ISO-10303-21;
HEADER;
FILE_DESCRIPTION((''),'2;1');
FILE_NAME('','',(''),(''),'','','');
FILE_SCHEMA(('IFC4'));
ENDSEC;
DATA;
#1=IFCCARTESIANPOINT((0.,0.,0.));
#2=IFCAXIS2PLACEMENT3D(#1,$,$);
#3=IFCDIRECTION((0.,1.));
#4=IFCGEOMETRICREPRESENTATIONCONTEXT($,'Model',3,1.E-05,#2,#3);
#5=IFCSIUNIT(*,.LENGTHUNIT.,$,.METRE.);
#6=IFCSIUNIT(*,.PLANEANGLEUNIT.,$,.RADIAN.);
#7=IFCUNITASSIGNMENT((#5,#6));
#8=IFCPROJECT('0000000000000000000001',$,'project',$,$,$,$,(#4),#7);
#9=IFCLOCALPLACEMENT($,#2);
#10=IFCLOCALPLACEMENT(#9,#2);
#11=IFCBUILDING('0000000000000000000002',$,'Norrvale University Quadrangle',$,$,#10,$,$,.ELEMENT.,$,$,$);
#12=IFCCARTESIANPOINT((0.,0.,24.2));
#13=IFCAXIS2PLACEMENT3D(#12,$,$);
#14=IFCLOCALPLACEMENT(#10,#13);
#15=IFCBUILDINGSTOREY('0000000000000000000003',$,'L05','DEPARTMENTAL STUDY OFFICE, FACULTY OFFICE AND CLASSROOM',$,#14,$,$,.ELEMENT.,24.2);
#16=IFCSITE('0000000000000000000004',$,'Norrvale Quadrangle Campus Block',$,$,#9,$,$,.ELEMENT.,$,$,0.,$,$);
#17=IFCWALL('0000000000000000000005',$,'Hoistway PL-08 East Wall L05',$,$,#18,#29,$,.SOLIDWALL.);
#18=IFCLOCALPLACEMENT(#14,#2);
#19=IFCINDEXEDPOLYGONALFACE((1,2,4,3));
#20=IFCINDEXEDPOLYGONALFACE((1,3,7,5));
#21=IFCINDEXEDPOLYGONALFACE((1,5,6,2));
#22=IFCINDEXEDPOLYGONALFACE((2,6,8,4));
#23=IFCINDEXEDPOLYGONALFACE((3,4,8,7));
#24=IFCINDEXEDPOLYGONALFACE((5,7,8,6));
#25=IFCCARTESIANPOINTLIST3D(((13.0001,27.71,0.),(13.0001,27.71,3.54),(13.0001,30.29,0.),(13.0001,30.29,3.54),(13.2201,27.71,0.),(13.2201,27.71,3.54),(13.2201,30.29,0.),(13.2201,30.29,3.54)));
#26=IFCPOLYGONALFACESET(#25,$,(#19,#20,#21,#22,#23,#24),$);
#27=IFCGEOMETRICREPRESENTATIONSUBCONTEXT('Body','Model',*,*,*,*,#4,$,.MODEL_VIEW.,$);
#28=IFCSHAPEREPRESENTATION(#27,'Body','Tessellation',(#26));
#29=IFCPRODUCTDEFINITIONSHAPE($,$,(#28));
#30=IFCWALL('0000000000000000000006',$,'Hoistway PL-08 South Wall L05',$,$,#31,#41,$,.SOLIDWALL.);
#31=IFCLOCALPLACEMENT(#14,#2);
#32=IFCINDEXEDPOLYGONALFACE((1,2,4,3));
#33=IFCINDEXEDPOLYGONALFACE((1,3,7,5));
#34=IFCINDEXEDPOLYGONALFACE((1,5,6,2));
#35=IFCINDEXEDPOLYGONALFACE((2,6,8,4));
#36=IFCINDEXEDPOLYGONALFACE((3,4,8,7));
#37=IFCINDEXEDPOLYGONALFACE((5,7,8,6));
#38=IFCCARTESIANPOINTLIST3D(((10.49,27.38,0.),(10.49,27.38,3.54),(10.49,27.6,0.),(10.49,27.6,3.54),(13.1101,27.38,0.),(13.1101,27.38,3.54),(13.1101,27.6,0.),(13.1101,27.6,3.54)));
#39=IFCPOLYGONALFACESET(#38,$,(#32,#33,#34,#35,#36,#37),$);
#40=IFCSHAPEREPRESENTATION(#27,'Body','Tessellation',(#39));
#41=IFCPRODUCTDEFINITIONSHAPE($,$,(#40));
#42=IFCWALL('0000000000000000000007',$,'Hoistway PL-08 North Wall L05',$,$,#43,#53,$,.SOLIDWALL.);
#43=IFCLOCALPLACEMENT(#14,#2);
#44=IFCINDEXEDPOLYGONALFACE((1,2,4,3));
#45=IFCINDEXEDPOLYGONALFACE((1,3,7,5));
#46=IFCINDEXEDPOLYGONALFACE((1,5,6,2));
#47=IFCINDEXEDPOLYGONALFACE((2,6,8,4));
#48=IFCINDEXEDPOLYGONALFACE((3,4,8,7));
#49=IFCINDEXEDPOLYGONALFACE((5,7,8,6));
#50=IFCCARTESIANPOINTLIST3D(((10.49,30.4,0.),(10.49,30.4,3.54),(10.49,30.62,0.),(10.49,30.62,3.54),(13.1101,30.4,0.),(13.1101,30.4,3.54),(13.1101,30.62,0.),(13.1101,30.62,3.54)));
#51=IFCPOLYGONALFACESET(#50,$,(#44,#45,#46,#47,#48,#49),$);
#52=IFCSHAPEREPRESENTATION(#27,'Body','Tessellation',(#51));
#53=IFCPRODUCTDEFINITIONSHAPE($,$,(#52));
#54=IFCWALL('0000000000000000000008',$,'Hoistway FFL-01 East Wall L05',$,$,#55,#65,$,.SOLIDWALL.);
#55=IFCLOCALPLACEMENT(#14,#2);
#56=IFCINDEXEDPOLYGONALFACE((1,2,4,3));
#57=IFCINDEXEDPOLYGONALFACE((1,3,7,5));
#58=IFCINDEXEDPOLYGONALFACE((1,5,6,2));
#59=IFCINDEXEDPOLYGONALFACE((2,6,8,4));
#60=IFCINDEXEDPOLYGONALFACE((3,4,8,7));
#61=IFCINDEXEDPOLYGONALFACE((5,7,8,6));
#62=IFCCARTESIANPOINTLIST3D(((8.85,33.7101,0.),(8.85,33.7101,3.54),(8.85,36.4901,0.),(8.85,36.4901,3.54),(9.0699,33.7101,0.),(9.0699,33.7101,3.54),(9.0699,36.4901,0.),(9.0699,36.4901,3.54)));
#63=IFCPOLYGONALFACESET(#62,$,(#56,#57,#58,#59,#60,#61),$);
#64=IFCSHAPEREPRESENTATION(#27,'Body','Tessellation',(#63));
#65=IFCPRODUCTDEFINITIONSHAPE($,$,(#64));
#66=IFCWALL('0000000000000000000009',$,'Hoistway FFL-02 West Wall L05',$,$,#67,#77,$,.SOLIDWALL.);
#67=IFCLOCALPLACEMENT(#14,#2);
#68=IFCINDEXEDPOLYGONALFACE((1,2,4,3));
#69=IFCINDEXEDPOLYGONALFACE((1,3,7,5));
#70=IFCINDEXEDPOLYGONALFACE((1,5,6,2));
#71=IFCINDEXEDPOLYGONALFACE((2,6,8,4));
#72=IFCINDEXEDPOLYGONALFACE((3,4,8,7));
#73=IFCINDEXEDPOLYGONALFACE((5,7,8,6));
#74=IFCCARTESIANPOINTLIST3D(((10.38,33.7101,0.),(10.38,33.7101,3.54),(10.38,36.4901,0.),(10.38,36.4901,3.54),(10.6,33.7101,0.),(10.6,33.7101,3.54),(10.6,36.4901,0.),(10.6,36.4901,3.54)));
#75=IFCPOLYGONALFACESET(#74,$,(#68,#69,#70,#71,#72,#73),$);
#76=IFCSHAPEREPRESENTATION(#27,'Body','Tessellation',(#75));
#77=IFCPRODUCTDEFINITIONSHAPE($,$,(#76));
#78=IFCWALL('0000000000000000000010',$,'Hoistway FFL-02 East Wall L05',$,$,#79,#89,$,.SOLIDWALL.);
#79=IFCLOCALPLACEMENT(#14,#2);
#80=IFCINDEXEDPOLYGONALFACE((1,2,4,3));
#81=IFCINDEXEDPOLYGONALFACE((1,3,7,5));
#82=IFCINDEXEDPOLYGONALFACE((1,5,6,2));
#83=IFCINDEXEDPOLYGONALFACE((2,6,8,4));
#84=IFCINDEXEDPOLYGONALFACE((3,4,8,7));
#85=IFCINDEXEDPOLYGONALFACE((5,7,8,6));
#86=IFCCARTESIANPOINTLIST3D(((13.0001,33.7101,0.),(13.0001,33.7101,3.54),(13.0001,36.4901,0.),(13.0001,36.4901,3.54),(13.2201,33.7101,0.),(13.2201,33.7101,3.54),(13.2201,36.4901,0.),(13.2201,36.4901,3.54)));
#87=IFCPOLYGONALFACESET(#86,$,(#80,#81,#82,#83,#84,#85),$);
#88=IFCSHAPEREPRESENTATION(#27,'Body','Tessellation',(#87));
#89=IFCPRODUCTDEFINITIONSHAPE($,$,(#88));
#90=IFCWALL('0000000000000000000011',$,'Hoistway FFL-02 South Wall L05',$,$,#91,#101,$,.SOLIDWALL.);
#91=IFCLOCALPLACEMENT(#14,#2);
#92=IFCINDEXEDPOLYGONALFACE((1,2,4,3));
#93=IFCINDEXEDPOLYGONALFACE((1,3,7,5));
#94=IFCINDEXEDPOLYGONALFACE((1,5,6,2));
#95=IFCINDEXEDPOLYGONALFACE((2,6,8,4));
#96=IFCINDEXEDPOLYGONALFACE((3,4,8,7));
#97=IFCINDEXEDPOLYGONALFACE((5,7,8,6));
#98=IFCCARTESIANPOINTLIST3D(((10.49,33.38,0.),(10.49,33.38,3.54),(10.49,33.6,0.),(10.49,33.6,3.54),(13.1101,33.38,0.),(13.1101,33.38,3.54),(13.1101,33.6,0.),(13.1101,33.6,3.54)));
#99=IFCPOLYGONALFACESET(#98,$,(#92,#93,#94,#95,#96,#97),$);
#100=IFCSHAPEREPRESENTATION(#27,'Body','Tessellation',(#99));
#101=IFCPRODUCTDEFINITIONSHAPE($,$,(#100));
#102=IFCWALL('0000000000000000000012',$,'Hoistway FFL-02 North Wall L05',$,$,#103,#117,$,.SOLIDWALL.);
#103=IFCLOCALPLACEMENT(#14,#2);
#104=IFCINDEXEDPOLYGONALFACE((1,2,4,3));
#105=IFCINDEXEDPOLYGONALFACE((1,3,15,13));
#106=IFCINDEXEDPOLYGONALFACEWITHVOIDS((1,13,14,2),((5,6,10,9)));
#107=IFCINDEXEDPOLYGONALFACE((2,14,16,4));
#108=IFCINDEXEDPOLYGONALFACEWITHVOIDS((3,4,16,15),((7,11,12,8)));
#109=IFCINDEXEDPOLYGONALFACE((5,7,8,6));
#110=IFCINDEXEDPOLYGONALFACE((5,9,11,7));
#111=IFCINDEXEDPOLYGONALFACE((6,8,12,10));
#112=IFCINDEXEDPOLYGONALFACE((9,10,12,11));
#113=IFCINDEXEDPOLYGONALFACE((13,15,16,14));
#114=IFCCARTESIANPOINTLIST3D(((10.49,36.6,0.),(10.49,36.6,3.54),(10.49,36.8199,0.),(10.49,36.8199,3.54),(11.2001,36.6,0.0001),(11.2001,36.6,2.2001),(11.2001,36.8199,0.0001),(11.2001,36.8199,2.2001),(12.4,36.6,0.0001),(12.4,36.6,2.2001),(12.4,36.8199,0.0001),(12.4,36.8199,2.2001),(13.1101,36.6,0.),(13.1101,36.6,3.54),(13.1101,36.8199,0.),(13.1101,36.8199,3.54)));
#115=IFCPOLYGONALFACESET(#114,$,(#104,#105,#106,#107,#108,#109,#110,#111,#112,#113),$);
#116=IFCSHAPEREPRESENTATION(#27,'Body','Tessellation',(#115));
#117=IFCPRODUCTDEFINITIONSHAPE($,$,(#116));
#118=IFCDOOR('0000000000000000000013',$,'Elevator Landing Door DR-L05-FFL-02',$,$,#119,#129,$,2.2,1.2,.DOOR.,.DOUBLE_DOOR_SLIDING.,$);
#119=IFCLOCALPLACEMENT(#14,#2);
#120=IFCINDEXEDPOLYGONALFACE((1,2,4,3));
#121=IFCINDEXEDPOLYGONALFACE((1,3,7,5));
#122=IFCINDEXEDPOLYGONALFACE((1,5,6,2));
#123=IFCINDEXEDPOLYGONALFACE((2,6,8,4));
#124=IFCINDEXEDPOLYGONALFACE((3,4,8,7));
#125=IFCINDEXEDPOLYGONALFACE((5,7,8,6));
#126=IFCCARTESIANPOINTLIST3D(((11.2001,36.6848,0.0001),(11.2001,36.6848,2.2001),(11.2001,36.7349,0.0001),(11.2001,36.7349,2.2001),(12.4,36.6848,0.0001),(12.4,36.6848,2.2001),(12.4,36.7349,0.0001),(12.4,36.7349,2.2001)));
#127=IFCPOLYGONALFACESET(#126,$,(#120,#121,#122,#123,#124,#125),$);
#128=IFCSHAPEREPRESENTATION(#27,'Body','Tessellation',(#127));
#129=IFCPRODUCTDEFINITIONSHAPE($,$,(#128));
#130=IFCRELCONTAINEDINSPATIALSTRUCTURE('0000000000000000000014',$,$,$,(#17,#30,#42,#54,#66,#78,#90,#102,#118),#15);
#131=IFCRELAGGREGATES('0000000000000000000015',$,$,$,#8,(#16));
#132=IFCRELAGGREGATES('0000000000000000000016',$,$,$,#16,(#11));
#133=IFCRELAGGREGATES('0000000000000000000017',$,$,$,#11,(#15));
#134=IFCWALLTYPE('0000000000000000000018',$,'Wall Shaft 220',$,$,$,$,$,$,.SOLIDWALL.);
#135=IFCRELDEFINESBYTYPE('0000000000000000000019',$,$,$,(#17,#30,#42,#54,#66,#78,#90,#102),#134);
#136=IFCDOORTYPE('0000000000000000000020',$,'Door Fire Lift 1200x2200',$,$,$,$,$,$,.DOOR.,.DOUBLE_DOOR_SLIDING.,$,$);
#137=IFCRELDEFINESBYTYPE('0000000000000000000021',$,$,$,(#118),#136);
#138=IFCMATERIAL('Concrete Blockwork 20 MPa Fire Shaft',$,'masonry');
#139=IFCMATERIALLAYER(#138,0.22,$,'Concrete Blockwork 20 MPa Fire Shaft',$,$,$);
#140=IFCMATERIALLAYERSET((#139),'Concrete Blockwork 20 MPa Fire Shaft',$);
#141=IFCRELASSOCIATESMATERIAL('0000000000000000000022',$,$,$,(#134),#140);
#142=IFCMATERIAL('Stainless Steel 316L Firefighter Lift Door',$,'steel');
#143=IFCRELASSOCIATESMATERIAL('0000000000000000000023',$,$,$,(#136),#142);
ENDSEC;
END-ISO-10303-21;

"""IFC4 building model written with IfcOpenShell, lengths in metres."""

from ifc_helpers import new_model, si_unit, direction, frame, frame_2d, origin, place, context, subcontext, project, spatial, rectangle, extrude, material, layer, layer_set, type_object, element, fill, save


model = new_model("IFC4")

# Units and contexts
model_context = context("Model", 3, precision=1e-05, world=origin(), true_north=direction((0.0, 1.0)))
body_context = subcontext(model_context, "Body", "Model", "MODEL_VIEW")
ifc_project = project(units=[si_unit("LENGTHUNIT", "METRE"), si_unit("PLANEANGLEUNIT", "RADIAN")], contexts=[model_context])

# Site, building, storey
site_placement = place(None, origin())
site = spatial("IfcSite", under=ifc_project, at=site_placement, Name="Norrvale Quadrangle Campus Block", CompositionType="ELEMENT", RefElevation=0.0)
building_placement = place(site_placement, origin())
building = spatial("IfcBuilding", under=site, at=building_placement, Name="Norrvale University Quadrangle", CompositionType="ELEMENT")
storey_placement = place(building_placement, frame((0.0, 0.0, 24.2)))
storey = spatial("IfcBuildingStorey", under=building, at=storey_placement, Name="L05", Description="DEPARTMENTAL STUDY OFFICE, FACULTY OFFICE AND CLASSROOM", CompositionType="ELEMENT", Elevation=24.2)

# Walls
ifc_material_1 = material(Name="Concrete Blockwork 20 MPa Fire Shaft", Category="masonry")
ifc_layer_1 = layer(ifc_material_1, 0.22, Name="Concrete Blockwork 20 MPa Fire Shaft")
ifc_layer_set_1 = layer_set([ifc_layer_1], Name="Concrete Blockwork 20 MPa Fire Shaft")
wall_type_1 = type_object("IfcWallType", Name="Wall Shaft 220", PredefinedType="SOLIDWALL", material=ifc_layer_set_1)
for number, where, z_axis, x_axis, name in (
    (1, (13.1101, 27.71, 0.0), (0.0, 0.0, 1.0), (0.0, 1.0, 0.0), "Hoistway PL-08 East Wall L05"),
):
    element("IfcWall", number, at=place(storey_placement, frame(where, z_axis=z_axis, x_axis=x_axis)), inside=storey, type_object=wall_type_1, Name=name, PredefinedType="SOLIDWALL", context=body_context, shape_type="SweptSolid", body=[
        extrude(rectangle(XDim=2.5801, YDim=0.22, at=frame_2d((1.29, 0.0))), origin(), (0.0, 0.0, 1.0), 3.54),
    ])
for number, where, z_axis, x_axis, name in (
    (2, (10.49, 27.49, 0.0), (0.0, 0.0, 1.0), (1.0, 0.0, 0.0), "Hoistway PL-08 South Wall L05"),
    (3, (10.49, 30.51, 0.0), (0.0, 0.0, 1.0), (1.0, 0.0, 0.0), "Hoistway PL-08 North Wall L05"),
):
    element("IfcWall", number, at=place(storey_placement, frame(where, z_axis=z_axis, x_axis=x_axis)), inside=storey, type_object=wall_type_1, Name=name, PredefinedType="SOLIDWALL", context=body_context, shape_type="SweptSolid", body=[
        extrude(rectangle(XDim=2.6201, YDim=0.22, at=frame_2d((1.3101, 0.0))), origin(), (0.0, 0.0, 1.0), 3.54),
    ])
for number, where, z_axis, x_axis, name in (
    (4, (8.96, 33.71, 0.0), (0.0, 0.0, 1.0), (0.0, 1.0, 0.0), "Hoistway FFL-01 East Wall L05"),
    (5, (10.49, 33.71, 0.0), (0.0, 0.0, 1.0), (0.0, 1.0, 0.0), "Hoistway FFL-02 West Wall L05"),
    (6, (13.1101, 33.71, 0.0), (0.0, 0.0, 1.0), (0.0, 1.0, 0.0), "Hoistway FFL-02 East Wall L05"),
):
    element("IfcWall", number, at=place(storey_placement, frame(where, z_axis=z_axis, x_axis=x_axis)), inside=storey, type_object=wall_type_1, Name=name, PredefinedType="SOLIDWALL", context=body_context, shape_type="SweptSolid", body=[
        extrude(rectangle(XDim=2.78, YDim=0.22, at=frame_2d((1.3901, 0.0))), origin(), (0.0, 0.0, 1.0), 3.54),
    ])
wall_1_placement = place(storey_placement, frame((10.49, 33.49, 0.0), z_axis=(0.0, 0.0, 1.0), x_axis=(1.0, 0.0, 0.0)))
element("IfcWall", 7, at=wall_1_placement, inside=storey, type_object=wall_type_1, Name="Hoistway FFL-02 South Wall L05", PredefinedType="SOLIDWALL", context=body_context, shape_type="SweptSolid", body=[
    extrude(rectangle(XDim=2.6201, YDim=0.22, at=frame_2d((1.3101, 0.0))), origin(), (0.0, 0.0, 1.0), 3.54),
])

# Wall, opening, door
wall_2_placement = place(storey_placement, frame((10.49, 36.71, 0.0), z_axis=(0.0, 0.0, 1.0), x_axis=(1.0, 0.0, 0.0)))
wall_2 = element("IfcWall", 8, at=wall_2_placement, inside=storey, type_object=wall_type_1, Name="Hoistway FFL-02 North Wall L05", PredefinedType="SOLIDWALL", context=body_context, shape_type="SweptSolid", body=[
    extrude(rectangle(XDim=2.6201, YDim=0.22, at=frame_2d((1.3101, 0.0))), origin(), (0.0, 0.0, 1.0), 3.54),
])
opening_1_placement = place(wall_2_placement, frame((0.71, 0.0, 0.0)))
opening_1 = element("IfcOpeningElement", 9, at=opening_1_placement, cuts=wall_2, PredefinedType="OPENING", context=body_context, shape_type="SweptSolid", body=[
    extrude(rectangle(XDim=1.2, YDim=2.2, at=frame_2d((0.6001, 1.1001))), frame((0.0, 0.1221, 0.0), z_axis=(0.0, -1.0, 0.0), x_axis=(1.0, 0.0, 0.0)), (0.0, 0.0, 1.0), 0.2439),
])
ifc_material_2 = material(Name="Stainless Steel 316L Firefighter Lift Door", Category="steel")
door_type_1 = type_object("IfcDoorType", Name="Door Fire Lift 1200x2200", OperationType="DOUBLE_DOOR_SLIDING", PredefinedType="DOOR", material=ifc_material_2)
door_1_placement = place(opening_1_placement, origin())
door_1 = element("IfcDoor", 10, at=door_1_placement, inside=storey, type_object=door_type_1, Name="Elevator Landing Door DR-L05-FFL-02", OperationType="DOUBLE_DOOR_SLIDING", OverallHeight=2.2, OverallWidth=1.2, PredefinedType="DOOR", context=body_context, shape_type="SweptSolid", body=[
    extrude(rectangle(XDim=1.2, YDim=2.2, at=frame_2d((0.6001, 1.1001))), frame((0.0, 0.0249, 0.0), z_axis=(0.0, -1.0, 0.0), x_axis=(1.0, 0.0, 0.0)), (0.0, 0.0, 1.0), 0.05),
])
fill(opening_1, door_1)

save(model, "model.ifc")
